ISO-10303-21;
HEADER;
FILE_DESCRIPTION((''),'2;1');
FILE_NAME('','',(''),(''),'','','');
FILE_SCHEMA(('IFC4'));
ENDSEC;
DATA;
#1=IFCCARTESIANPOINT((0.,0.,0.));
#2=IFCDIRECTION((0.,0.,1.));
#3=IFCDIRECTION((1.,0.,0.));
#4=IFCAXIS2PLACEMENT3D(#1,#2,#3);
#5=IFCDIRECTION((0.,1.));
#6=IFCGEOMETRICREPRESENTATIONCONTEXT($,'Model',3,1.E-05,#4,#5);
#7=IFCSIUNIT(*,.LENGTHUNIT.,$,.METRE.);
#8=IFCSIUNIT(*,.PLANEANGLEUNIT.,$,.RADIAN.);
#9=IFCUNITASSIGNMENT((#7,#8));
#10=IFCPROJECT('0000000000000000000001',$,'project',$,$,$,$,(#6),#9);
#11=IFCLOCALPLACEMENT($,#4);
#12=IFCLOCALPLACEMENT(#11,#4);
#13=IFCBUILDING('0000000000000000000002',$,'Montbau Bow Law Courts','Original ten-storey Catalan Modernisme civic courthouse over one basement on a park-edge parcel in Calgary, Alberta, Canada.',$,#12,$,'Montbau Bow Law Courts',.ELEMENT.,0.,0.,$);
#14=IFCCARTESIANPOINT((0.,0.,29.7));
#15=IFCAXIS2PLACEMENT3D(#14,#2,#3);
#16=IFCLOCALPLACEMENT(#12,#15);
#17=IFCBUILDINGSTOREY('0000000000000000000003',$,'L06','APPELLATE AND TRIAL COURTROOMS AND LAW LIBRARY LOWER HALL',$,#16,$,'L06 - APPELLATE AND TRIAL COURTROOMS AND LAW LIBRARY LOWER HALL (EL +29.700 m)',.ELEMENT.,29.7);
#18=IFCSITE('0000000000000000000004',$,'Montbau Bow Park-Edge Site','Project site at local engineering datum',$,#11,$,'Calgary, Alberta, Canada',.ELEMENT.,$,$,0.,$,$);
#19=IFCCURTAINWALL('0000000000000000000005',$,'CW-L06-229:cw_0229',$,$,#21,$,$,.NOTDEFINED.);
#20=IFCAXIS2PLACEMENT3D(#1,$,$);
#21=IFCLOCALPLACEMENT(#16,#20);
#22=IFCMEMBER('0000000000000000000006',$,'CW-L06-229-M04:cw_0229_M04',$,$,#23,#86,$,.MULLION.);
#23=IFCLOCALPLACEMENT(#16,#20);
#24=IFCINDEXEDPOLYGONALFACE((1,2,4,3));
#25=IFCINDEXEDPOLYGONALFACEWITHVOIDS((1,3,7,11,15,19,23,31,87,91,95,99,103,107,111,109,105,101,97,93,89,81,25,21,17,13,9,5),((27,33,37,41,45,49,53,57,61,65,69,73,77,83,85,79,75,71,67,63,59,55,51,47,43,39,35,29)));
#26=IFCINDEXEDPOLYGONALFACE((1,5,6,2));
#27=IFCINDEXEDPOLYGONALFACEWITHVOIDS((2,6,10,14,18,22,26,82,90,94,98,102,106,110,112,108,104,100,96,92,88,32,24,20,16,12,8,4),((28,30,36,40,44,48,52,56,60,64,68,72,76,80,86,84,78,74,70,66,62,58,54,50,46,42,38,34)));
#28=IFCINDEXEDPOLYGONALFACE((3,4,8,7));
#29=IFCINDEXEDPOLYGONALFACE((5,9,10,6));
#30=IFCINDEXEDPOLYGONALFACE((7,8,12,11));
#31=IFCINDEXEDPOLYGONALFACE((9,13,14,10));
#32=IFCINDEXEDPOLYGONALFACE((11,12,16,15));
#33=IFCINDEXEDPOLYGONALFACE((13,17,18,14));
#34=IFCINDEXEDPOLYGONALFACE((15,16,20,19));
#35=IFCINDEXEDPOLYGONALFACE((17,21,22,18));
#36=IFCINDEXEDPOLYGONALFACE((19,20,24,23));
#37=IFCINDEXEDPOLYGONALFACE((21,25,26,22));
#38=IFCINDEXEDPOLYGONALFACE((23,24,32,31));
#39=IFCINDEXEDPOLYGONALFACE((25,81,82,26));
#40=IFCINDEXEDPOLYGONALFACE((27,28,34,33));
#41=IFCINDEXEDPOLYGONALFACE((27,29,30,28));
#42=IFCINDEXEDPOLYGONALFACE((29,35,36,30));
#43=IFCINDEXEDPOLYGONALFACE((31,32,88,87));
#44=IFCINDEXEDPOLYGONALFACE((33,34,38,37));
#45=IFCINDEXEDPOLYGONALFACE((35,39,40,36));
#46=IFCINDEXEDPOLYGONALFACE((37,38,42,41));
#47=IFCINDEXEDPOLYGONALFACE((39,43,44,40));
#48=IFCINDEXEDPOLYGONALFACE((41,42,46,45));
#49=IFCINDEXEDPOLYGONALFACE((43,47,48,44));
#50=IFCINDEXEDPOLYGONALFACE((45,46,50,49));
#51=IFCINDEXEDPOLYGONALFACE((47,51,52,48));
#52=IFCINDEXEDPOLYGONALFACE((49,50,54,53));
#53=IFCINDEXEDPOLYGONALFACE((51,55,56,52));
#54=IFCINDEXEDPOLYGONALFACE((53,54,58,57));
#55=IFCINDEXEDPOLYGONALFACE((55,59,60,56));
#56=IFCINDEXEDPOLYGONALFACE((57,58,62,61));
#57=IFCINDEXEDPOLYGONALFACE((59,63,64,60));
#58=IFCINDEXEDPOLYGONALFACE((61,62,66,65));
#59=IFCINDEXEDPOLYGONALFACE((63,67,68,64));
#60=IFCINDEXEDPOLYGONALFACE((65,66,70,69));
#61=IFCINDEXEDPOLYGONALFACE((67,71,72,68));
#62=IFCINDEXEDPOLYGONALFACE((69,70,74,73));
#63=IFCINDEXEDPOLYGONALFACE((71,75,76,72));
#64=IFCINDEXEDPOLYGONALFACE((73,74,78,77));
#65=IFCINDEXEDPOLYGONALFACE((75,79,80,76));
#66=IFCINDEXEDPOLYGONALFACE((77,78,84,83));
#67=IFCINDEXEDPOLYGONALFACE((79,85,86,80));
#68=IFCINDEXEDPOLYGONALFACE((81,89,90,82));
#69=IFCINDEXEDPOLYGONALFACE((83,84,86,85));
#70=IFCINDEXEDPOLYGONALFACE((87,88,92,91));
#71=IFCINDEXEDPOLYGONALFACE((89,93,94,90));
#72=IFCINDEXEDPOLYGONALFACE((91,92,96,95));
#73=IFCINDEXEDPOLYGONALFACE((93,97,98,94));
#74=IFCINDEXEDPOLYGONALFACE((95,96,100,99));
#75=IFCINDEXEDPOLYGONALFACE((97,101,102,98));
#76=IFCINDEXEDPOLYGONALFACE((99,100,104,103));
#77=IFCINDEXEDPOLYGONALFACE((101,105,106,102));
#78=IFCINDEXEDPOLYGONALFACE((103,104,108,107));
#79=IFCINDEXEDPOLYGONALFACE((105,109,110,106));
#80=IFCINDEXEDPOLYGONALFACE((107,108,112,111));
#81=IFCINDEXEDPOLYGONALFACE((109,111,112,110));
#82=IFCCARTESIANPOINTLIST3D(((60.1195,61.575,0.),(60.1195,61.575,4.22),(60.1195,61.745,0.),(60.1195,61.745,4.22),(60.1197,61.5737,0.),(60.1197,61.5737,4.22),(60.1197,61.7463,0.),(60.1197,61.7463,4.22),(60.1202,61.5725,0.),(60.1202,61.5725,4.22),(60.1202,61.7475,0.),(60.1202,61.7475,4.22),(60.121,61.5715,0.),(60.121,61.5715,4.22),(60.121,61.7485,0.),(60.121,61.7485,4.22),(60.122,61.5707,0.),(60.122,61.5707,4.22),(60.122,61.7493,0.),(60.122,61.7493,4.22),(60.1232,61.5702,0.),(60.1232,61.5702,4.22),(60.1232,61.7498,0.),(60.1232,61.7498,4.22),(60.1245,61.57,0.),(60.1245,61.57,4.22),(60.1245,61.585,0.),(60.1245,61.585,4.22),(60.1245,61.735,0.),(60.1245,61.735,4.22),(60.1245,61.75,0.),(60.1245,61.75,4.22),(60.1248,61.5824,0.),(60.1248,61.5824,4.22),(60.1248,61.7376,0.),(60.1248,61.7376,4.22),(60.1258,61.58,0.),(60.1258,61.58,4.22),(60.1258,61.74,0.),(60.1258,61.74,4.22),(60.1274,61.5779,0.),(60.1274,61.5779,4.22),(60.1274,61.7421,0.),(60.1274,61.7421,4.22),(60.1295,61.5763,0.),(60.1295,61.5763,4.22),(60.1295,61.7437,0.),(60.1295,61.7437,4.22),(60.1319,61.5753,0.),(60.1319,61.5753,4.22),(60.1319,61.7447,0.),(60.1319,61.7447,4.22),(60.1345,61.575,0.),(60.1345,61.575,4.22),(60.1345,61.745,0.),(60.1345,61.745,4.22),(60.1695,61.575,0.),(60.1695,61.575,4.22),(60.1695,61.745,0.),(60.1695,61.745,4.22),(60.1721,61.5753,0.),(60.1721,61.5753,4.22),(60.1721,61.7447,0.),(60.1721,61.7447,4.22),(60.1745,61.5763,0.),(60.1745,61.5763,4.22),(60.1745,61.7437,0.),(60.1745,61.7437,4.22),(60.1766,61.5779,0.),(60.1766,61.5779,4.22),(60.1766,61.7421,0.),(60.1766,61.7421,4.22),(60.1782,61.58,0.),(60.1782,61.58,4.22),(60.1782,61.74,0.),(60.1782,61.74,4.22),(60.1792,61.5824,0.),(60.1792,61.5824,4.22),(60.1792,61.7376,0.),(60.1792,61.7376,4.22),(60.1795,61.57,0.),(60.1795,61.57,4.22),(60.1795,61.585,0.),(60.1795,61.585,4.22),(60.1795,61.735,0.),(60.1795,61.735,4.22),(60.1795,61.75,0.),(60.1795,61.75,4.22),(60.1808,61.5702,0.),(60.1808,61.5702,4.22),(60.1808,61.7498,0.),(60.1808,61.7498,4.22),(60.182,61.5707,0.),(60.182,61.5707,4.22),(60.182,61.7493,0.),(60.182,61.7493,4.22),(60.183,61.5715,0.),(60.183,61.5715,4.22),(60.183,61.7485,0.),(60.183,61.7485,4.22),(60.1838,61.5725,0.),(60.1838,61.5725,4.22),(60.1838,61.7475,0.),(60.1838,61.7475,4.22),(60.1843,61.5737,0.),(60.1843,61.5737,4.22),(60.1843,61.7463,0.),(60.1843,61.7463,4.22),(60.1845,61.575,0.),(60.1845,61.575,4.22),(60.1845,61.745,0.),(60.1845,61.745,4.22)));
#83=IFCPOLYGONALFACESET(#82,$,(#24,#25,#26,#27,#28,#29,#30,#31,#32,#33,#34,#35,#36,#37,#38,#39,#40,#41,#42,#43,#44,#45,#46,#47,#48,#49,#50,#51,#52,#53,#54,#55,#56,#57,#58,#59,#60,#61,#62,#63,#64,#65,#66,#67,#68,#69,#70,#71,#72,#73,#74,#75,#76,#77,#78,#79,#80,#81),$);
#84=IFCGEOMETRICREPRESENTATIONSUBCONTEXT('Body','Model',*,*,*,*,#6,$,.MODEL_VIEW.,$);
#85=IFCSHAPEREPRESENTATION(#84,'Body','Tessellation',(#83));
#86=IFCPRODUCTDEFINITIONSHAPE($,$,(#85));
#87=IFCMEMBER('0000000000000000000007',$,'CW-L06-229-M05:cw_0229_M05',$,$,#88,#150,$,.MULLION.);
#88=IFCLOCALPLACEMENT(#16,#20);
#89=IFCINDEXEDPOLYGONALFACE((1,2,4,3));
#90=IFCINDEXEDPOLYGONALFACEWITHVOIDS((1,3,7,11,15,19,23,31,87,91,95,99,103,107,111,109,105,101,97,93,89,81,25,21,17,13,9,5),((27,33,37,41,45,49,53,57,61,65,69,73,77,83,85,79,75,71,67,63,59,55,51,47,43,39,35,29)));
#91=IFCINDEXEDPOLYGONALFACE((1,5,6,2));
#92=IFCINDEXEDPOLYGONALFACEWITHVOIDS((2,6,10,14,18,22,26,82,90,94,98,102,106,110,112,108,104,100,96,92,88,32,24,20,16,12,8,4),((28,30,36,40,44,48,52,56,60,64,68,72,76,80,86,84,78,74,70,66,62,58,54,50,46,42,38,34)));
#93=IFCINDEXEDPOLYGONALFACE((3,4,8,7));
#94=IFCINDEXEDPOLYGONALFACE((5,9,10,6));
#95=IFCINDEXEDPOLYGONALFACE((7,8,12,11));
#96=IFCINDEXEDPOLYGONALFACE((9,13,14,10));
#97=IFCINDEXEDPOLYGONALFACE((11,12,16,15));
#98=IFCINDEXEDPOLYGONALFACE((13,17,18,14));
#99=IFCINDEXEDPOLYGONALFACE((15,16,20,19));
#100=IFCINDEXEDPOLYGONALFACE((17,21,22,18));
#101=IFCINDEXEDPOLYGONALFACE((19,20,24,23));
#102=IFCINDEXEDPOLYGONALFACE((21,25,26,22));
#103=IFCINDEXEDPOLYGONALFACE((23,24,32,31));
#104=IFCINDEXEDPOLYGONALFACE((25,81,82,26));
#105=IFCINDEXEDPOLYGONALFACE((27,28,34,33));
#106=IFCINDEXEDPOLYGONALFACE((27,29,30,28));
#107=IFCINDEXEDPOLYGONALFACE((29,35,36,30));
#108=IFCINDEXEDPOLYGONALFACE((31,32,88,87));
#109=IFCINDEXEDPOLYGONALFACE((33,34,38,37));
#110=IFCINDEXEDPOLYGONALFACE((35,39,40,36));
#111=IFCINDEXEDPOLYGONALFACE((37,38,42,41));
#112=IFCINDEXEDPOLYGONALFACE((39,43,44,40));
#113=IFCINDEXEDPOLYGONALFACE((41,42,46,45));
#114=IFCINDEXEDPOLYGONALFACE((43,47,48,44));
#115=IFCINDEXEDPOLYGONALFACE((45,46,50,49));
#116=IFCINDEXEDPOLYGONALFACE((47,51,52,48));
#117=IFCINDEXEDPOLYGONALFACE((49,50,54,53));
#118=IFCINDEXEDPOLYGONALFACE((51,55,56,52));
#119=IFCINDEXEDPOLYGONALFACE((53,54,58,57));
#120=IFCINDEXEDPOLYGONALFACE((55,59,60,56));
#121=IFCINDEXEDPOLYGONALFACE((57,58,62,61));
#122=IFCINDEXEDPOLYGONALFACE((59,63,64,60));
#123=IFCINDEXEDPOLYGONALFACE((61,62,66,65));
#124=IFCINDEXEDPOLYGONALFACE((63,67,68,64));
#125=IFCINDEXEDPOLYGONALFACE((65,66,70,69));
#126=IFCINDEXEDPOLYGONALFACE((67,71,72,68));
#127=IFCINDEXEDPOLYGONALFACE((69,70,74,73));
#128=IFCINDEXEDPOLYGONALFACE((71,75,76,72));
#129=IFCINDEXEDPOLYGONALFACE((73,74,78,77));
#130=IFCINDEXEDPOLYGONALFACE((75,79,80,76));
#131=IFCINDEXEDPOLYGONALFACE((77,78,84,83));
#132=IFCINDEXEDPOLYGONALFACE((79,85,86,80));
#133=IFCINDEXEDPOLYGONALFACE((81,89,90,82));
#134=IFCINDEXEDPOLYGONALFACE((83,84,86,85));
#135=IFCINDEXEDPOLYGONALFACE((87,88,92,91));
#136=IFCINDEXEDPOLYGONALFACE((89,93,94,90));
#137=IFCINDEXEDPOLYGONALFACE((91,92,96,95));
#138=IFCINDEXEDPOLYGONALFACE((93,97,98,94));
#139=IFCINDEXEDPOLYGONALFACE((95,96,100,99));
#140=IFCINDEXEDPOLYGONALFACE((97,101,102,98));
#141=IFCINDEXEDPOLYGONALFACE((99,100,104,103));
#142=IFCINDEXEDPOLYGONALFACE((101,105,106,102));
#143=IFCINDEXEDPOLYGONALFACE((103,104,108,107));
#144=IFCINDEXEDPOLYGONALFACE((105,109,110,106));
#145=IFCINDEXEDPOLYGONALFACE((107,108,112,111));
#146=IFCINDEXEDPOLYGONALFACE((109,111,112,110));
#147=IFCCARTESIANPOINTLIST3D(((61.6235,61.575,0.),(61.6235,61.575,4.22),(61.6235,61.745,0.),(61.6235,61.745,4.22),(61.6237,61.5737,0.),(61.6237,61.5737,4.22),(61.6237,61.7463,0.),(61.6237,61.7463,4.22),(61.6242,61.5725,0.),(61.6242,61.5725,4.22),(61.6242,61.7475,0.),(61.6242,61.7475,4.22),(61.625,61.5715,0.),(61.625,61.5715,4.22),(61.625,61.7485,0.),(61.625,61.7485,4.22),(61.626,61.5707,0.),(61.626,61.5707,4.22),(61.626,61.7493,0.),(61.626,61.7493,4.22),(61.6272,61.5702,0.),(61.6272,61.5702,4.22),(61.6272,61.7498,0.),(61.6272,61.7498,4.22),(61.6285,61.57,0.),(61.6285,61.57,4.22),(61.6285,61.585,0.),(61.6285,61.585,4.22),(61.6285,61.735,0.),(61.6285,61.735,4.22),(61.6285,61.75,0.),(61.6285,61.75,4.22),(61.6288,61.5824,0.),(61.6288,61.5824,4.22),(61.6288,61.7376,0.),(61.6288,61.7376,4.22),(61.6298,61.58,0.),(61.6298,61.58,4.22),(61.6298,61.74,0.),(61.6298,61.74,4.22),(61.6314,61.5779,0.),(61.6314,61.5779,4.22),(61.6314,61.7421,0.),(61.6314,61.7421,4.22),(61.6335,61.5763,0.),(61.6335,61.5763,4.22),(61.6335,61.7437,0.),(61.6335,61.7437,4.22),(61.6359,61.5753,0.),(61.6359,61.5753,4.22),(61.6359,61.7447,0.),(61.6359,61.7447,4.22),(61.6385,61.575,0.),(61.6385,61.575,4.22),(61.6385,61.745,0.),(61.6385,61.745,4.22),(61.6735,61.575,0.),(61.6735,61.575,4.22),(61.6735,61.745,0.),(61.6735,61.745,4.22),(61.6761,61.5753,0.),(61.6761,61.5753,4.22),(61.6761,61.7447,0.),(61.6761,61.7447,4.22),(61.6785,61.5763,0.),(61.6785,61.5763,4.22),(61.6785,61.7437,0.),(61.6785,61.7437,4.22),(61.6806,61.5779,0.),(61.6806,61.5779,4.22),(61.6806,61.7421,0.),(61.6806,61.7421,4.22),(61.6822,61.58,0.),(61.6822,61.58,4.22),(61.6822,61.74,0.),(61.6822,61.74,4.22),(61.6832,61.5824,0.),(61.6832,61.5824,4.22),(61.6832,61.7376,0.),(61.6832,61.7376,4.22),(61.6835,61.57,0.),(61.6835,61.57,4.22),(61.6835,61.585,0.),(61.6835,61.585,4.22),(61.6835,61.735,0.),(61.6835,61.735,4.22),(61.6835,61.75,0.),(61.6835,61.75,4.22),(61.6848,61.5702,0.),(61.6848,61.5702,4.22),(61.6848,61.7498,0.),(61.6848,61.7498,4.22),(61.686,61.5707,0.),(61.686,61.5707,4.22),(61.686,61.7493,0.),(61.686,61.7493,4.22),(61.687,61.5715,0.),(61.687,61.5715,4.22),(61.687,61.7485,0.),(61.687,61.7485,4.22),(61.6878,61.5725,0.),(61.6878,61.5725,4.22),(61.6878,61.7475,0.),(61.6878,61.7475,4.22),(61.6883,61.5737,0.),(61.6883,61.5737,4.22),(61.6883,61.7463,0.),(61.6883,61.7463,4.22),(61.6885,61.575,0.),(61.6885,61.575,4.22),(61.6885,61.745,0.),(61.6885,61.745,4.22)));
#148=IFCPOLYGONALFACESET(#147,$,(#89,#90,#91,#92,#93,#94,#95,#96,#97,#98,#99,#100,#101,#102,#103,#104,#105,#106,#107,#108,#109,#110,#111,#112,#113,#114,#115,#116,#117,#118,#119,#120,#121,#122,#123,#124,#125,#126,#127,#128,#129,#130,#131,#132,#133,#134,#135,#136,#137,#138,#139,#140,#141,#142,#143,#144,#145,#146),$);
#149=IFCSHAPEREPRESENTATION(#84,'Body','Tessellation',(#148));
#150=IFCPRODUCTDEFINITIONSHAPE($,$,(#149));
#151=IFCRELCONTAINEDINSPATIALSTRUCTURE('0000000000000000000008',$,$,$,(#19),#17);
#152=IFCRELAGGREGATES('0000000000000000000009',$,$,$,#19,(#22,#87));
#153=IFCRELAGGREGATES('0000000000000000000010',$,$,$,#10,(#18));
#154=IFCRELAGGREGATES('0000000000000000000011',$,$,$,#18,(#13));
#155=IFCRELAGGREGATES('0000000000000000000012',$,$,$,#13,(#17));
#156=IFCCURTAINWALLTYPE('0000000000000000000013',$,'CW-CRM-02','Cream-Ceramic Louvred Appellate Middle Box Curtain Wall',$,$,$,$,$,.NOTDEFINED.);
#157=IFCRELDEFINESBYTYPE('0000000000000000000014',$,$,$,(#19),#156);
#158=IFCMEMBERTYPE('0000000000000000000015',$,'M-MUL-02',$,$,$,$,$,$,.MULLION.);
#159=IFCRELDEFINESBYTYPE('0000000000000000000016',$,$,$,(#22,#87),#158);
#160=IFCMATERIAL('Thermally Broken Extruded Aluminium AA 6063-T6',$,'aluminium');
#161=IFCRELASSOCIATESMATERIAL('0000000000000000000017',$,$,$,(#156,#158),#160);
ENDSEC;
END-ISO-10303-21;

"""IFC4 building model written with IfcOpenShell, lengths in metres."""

from ifc_helpers import new_model, si_unit, direction, frame, origin_with_axes, origin_2d_with_axis, place, context, subcontext, project, spatial, hollow_rectangle, extrude, material, material_profile, profile_set, type_object, element, aggregate, save


model = new_model("IFC4")

# Units and contexts
model_context = context("Model", 3, precision=1e-05, world=origin_with_axes(), true_north=direction((0.0, 1.0)))
body_context = subcontext(model_context, "Body", "Model", "MODEL_VIEW")
ifc_project = project(units=[si_unit("LENGTHUNIT", "METRE"), si_unit("PLANEANGLEUNIT", "RADIAN")], contexts=[model_context])

# Site, building, storey
site_placement = place(None, origin_with_axes())
site = spatial("IfcSite", under=ifc_project, at=site_placement, Name="Montbau Bow Park-Edge Site", Description="Project site at local engineering datum", LongName="Calgary, Alberta, Canada", CompositionType="ELEMENT", RefElevation=0.0)
building_placement = place(site_placement, origin_with_axes())
building = spatial("IfcBuilding", under=site, at=building_placement, Name="Montbau Bow Law Courts", Description="Original ten-storey Catalan Modernisme civic courthouse over one basement on a park-edge parcel in Calgary, Alberta, Canada.", LongName="Montbau Bow Law Courts", CompositionType="ELEMENT", ElevationOfRefHeight=0.0, ElevationOfTerrain=0.0)
storey_placement = place(building_placement, frame((0.0, 0.0, 29.7), z_axis=(0.0, 0.0, 1.0), x_axis=(1.0, 0.0, 0.0)))
storey = spatial("IfcBuildingStorey", under=building, at=storey_placement, Name="L06", Description="APPELLATE AND TRIAL COURTROOMS AND LAW LIBRARY LOWER HALL", LongName="L06 - APPELLATE AND TRIAL COURTROOMS AND LAW LIBRARY LOWER HALL (EL +29.700 m)", CompositionType="ELEMENT", Elevation=29.7)

# Curtain wall, members
ifc_material_1 = material(Name="Thermally Broken Extruded Aluminium AA 6063-T6", Category="aluminium")
curtain_wall_type = type_object("IfcCurtainWallType", Name="CW-CRM-02", Description="Cream-Ceramic Louvred Appellate Middle Box Curtain Wall", PredefinedType="NOTDEFINED", material=ifc_material_1)
curtain_wall_placement = place(None, frame((55.64, 61.66, 29.7), z_axis=(0.0, 0.0, 1.0), x_axis=(1.0, 0.0, 0.0)))
curtain_wall = element("IfcCurtainWall", 1, at=curtain_wall_placement, inside=storey, type_object=curtain_wall_type, Name="CW-L06-229:cw_0229", PredefinedType="NOTDEFINED")
ifc_material_profile_1 = material_profile(ifc_material_1, hollow_rectangle(XDim=0.065, YDim=0.18, WallThickness=0.005, InnerFilletRadius=0.01, OuterFilletRadius=0.005, at=origin_2d_with_axis()), Name="CWM-180X65", Category="Main", Priority=0)
ifc_profile_set_1 = profile_set([ifc_material_profile_1], Name="Thermally Broken Extruded Aluminium AA 6063-T6")
member_type_1 = type_object("IfcMemberType", Name="M-MUL-02", PredefinedType="MULLION", material=ifc_profile_set_1)
member_1_placement = place(None, frame((60.152, 61.66, 29.7), z_axis=(0.0, 0.0, 1.0), x_axis=(1.0, 0.0, 0.0)))
member_1 = element("IfcMember", 2, at=member_1_placement, type_object=member_type_1, Name="CW-L06-229-M04:cw_0229_M04", PredefinedType="MULLION", context=body_context, shape_type="SweptSolid", body=[
    extrude(hollow_rectangle(XDim=0.065, YDim=0.18, WallThickness=0.005, InnerFilletRadius=0.01, OuterFilletRadius=0.005, at=origin_2d_with_axis()), origin_with_axes(), (0.0, 0.0, 1.0), 4.22),
])
member_2_placement = place(None, frame((61.656, 61.66, 29.7), z_axis=(0.0, 0.0, 1.0), x_axis=(1.0, 0.0, 0.0)))
member_2 = element("IfcMember", 3, at=member_2_placement, type_object=member_type_1, Name="CW-L06-229-M05:cw_0229_M05", PredefinedType="MULLION", context=body_context, shape_type="SweptSolid", body=[
    extrude(hollow_rectangle(XDim=0.065, YDim=0.18, WallThickness=0.005, InnerFilletRadius=0.01, OuterFilletRadius=0.005, at=origin_2d_with_axis()), origin_with_axes(), (0.0, 0.0, 1.0), 4.22),
])
aggregate(curtain_wall, [member_1, member_2])

save(model, "model.ifc")
